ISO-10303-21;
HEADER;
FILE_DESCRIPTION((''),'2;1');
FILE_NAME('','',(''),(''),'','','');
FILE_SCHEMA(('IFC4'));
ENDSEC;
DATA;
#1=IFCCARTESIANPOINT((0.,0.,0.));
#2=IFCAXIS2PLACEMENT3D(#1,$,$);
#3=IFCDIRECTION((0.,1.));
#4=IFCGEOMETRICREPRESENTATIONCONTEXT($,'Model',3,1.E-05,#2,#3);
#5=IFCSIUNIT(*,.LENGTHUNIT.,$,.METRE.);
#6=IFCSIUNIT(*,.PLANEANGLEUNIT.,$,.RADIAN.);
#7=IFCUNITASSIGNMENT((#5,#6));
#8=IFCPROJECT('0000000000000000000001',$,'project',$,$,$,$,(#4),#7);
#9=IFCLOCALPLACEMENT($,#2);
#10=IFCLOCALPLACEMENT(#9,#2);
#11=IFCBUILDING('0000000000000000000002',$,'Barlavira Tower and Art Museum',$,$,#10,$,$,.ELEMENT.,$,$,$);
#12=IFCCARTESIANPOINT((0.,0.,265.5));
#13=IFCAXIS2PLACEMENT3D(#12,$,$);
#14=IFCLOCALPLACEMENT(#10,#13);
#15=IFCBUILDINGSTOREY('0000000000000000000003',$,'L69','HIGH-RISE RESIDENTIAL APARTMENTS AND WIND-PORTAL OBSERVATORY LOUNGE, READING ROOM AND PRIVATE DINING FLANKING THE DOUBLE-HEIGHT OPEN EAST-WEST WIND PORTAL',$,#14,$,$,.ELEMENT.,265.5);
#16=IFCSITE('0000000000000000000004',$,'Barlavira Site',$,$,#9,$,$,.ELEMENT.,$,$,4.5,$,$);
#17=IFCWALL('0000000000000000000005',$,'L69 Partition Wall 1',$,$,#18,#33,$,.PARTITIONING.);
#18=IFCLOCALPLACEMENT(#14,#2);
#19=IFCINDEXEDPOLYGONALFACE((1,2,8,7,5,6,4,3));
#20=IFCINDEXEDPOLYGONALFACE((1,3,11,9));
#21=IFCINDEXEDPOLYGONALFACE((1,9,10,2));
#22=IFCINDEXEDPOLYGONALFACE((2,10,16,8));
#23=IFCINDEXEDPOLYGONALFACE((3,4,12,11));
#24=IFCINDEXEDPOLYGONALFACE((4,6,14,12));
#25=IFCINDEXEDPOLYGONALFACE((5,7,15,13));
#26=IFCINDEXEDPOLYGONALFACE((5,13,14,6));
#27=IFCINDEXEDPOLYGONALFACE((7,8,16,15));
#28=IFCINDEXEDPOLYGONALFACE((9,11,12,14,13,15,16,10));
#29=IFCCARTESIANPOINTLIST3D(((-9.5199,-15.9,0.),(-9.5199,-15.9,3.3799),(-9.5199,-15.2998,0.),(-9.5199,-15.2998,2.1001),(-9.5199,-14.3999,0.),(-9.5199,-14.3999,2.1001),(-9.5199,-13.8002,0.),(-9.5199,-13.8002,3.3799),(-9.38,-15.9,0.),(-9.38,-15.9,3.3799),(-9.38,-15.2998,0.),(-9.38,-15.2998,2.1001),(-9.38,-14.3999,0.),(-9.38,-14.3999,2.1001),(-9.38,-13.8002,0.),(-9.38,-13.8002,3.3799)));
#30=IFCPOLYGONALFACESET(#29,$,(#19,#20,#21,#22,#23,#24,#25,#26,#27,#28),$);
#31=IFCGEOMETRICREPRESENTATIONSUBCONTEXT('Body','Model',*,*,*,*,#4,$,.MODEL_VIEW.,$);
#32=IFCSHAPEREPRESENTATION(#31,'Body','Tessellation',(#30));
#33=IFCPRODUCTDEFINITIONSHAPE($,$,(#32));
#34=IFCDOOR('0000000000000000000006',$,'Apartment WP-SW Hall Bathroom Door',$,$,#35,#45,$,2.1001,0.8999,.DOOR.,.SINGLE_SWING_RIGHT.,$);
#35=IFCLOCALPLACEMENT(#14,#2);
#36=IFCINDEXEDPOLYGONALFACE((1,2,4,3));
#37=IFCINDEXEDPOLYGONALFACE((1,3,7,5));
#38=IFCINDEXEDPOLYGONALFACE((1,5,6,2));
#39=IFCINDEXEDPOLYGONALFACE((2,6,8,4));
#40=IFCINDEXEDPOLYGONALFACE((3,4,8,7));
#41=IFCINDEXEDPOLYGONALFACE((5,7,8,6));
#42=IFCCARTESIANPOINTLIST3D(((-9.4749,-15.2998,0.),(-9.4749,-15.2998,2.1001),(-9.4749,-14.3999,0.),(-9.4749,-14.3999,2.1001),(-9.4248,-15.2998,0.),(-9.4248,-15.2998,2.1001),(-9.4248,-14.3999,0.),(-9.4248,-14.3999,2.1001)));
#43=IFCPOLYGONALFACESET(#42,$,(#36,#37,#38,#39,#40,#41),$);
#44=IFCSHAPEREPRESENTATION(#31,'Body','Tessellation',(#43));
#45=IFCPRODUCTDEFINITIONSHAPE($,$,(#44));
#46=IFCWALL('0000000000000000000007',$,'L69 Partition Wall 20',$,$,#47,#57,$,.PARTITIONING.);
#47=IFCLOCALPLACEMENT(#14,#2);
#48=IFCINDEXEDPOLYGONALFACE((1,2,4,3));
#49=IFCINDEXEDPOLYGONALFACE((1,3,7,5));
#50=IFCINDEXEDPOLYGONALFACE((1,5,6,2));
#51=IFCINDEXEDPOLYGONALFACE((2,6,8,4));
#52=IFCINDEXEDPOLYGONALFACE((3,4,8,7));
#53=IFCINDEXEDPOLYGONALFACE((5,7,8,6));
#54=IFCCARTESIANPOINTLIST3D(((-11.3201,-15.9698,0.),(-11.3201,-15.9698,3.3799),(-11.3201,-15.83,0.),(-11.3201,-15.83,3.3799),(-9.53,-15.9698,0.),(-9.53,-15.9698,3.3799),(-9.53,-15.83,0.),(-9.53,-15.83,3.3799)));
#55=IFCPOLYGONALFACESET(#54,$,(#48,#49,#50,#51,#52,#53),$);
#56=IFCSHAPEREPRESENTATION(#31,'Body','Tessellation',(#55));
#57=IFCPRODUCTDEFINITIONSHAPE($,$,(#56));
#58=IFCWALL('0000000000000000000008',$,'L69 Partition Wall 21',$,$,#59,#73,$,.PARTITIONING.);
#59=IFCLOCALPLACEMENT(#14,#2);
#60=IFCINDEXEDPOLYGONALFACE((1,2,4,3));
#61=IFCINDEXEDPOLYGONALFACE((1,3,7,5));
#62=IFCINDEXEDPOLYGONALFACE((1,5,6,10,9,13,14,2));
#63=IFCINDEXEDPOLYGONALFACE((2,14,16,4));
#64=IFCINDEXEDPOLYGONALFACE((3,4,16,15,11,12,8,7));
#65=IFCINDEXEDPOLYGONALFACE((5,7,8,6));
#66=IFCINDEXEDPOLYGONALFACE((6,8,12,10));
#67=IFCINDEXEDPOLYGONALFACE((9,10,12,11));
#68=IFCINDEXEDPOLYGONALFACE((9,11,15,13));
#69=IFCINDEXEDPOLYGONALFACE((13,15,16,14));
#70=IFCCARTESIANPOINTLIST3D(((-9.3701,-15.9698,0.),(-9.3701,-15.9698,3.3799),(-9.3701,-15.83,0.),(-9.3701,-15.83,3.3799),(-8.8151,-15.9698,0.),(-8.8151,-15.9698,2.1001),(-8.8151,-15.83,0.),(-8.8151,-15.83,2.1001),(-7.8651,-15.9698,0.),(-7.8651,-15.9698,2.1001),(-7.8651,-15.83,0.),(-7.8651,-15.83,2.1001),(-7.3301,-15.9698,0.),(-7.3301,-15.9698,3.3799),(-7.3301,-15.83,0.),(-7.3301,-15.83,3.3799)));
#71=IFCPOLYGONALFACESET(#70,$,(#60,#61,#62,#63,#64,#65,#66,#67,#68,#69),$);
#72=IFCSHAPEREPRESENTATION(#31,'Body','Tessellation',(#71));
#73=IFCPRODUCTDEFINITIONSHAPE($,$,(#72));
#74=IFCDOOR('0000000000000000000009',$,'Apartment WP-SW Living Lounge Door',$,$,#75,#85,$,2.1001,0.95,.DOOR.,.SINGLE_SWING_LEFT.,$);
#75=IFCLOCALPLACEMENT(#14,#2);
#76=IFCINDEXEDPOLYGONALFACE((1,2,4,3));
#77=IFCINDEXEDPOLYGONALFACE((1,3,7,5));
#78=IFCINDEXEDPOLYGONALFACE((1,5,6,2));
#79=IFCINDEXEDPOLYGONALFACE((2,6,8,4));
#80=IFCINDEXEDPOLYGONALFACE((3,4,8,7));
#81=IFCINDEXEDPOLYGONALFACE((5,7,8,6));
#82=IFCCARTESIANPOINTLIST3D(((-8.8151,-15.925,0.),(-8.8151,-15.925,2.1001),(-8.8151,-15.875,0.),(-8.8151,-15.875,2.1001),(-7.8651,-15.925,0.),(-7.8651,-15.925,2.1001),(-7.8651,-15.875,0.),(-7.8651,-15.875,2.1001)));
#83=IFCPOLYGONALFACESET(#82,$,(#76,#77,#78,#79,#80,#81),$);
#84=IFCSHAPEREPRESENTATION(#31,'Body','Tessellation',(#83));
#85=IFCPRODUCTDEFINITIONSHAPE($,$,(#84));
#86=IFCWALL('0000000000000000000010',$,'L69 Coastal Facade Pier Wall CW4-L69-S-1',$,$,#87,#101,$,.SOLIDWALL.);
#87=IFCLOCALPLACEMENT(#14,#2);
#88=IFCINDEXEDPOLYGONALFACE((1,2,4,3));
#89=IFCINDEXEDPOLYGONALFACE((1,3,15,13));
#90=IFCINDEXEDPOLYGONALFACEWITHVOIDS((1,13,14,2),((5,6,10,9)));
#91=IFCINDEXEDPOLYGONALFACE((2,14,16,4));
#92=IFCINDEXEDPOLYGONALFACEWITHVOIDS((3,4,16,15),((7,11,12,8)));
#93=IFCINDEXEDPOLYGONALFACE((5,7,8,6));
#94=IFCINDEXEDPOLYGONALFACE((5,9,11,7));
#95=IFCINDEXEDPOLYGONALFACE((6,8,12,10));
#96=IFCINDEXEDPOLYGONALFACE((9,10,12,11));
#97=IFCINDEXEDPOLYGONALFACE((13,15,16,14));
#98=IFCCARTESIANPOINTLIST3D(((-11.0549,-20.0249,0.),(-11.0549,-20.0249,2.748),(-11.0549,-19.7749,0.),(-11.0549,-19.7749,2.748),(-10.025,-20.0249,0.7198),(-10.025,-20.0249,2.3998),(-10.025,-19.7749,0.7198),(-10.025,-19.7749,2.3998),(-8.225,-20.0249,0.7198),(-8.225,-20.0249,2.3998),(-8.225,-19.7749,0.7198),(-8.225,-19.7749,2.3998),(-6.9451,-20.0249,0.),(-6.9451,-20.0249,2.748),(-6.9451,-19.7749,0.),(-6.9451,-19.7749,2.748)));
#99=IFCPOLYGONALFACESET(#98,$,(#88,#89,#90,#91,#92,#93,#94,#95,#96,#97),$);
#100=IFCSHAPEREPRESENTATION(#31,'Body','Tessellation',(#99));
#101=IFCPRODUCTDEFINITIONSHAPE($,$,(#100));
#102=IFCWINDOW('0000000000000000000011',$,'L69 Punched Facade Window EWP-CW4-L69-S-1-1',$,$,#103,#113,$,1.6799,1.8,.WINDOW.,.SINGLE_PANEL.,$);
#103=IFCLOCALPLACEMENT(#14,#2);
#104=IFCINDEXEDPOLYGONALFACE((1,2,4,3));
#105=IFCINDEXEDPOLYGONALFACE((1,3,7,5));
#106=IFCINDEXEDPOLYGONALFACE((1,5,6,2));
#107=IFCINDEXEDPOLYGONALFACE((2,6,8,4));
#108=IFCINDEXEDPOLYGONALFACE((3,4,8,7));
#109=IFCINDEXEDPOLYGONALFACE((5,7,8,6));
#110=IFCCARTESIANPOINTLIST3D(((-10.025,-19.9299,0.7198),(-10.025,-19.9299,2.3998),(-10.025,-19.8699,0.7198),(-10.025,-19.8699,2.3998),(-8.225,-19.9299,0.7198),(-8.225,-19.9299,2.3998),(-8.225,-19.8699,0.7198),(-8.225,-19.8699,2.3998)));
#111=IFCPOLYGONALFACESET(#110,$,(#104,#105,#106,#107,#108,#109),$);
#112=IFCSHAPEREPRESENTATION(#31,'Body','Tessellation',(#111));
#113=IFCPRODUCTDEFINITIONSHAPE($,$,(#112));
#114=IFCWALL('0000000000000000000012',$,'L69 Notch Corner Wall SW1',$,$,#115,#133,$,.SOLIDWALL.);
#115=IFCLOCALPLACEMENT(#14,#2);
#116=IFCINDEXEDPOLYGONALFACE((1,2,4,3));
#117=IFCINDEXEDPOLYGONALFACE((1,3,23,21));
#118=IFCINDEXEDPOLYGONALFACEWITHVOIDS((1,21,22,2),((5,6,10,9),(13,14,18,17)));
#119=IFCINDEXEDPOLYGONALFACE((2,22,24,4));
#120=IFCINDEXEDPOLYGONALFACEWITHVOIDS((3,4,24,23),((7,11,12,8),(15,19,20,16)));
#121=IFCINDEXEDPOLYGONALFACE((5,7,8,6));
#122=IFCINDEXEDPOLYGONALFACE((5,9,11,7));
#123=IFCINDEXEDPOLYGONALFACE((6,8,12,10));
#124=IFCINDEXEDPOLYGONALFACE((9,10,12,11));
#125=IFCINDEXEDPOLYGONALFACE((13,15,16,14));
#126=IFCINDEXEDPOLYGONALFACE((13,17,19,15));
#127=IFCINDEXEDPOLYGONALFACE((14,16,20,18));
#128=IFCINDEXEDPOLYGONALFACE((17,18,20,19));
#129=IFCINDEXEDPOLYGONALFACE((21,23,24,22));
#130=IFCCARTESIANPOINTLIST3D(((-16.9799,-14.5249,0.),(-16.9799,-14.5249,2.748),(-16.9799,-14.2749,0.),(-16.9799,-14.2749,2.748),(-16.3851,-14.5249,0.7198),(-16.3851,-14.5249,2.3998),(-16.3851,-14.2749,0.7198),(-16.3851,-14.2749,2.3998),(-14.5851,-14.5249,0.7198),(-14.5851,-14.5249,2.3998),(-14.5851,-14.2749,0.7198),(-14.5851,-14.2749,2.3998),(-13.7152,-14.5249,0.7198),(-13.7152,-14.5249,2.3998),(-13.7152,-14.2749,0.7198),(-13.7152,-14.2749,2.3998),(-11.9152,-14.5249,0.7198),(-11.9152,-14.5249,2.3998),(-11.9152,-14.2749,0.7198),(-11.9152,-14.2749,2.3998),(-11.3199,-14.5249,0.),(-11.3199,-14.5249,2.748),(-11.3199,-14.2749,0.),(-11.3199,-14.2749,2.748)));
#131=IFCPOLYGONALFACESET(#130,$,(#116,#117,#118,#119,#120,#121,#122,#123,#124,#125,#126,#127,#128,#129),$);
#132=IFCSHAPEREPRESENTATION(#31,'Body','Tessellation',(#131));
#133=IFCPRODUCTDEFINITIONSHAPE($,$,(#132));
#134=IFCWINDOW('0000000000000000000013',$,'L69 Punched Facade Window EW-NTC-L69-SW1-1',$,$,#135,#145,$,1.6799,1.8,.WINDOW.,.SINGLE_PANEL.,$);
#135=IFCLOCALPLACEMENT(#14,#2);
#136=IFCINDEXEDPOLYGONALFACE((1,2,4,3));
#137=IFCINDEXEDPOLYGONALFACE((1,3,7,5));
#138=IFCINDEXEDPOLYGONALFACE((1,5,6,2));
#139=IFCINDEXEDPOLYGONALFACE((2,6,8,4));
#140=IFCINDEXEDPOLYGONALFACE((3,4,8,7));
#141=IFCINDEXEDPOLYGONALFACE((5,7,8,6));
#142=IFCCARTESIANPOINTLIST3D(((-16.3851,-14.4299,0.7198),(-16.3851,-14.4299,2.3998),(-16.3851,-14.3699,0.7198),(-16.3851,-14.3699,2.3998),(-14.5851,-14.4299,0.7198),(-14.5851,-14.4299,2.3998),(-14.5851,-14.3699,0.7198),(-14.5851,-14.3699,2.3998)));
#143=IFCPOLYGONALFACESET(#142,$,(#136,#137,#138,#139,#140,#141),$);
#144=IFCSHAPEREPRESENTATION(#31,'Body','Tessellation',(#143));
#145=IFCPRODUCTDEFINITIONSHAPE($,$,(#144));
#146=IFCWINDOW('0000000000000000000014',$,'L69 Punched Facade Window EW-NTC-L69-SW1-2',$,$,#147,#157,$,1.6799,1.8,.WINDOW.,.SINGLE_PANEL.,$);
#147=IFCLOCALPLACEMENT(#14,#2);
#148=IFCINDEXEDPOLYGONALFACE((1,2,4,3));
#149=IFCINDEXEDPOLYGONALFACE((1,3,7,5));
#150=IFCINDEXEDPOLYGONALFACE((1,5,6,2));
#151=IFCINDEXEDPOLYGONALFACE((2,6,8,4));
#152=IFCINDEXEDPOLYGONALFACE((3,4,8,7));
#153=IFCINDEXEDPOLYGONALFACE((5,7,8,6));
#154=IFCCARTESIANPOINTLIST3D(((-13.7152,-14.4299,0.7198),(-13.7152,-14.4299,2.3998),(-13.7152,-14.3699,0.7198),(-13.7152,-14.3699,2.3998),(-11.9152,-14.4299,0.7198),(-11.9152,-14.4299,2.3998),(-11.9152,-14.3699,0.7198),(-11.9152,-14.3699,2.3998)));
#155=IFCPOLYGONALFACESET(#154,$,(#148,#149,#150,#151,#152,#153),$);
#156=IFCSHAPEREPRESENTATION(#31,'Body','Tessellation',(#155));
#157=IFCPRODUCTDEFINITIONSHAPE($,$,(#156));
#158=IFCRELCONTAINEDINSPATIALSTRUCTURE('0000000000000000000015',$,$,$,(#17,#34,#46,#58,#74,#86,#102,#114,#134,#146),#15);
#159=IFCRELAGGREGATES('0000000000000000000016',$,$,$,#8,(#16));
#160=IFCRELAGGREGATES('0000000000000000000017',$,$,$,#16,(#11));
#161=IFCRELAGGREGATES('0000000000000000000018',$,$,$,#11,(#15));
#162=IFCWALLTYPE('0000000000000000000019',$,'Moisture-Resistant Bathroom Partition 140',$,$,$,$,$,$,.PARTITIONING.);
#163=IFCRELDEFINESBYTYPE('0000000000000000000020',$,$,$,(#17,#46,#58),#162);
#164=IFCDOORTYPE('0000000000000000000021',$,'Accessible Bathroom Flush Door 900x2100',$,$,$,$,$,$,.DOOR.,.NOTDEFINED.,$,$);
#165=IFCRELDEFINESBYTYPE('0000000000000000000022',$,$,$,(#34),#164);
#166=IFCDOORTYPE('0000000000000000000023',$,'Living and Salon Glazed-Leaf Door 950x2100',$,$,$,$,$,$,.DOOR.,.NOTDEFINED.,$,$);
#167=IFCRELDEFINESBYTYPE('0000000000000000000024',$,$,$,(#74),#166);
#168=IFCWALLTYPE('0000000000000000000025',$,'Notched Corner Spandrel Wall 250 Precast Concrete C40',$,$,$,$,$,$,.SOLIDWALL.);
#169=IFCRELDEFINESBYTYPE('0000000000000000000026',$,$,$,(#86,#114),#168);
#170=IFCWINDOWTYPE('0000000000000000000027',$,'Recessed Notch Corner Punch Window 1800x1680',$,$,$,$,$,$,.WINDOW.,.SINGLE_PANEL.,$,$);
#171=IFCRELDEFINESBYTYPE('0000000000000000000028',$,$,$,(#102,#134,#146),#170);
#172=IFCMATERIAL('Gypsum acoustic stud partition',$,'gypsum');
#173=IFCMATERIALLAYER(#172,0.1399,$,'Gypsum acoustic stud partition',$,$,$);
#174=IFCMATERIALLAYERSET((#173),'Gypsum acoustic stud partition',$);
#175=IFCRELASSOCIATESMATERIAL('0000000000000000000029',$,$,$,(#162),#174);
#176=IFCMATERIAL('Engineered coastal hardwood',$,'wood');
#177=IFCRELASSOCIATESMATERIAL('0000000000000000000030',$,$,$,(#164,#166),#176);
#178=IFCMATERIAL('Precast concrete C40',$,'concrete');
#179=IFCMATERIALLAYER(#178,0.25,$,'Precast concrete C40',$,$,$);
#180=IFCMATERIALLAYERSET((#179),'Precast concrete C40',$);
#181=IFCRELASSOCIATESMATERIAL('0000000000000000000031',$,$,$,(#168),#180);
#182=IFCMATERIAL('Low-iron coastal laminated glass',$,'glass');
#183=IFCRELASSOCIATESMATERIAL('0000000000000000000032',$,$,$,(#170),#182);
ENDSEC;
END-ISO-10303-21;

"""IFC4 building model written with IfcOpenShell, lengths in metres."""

from ifc_helpers import new_model, si_unit, direction, frame, frame_2d, origin, place, context, subcontext, project, spatial, rectangle, extrude, material, layer, layer_set, type_object, element, fill, save


model = new_model("IFC4")

# Units and contexts
model_context = context("Model", 3, precision=1e-05, world=origin(), true_north=direction((0.0, 1.0)))
body_context = subcontext(model_context, "Body", "Model", "MODEL_VIEW")
ifc_project = project(units=[si_unit("LENGTHUNIT", "METRE"), si_unit("PLANEANGLEUNIT", "RADIAN")], contexts=[model_context])

# Site, building, storey
site_placement = place(None, origin())
site = spatial("IfcSite", under=ifc_project, at=site_placement, Name="Barlavira Site", CompositionType="ELEMENT", RefElevation=4.5)
building_placement = place(site_placement, origin())
building = spatial("IfcBuilding", under=site, at=building_placement, Name="Barlavira Tower and Art Museum", CompositionType="ELEMENT")
storey_placement = place(building_placement, frame((0.0, 0.0, 265.5)))
storey = spatial("IfcBuildingStorey", under=building, at=storey_placement, Name="L69", Description="HIGH-RISE RESIDENTIAL APARTMENTS AND WIND-PORTAL OBSERVATORY LOUNGE, READING ROOM AND PRIVATE DINING FLANKING THE DOUBLE-HEIGHT OPEN EAST-WEST WIND PORTAL", CompositionType="ELEMENT", Elevation=265.5)

# Shared definitions
ifc_material_1 = material(Name="Gypsum acoustic stud partition", Category="gypsum")
ifc_material_2 = material(Name="Engineered coastal hardwood", Category="wood")

# Wall, opening, door
ifc_layer_1 = layer(ifc_material_1, 0.1399, Name="Gypsum acoustic stud partition")
ifc_layer_set_1 = layer_set([ifc_layer_1], Name="Gypsum acoustic stud partition")
wall_type_1 = type_object("IfcWallType", Name="Moisture-Resistant Bathroom Partition 140", PredefinedType="PARTITIONING", material=ifc_layer_set_1)
wall_1_placement = place(storey_placement, frame((-9.45, -15.8999, 0.0), z_axis=(0.0, 0.0, 1.0), x_axis=(0.0, 1.0, 0.0)))
wall_1 = element("IfcWall", 1, at=wall_1_placement, inside=storey, type_object=wall_type_1, Name="L69 Partition Wall 1", PredefinedType="PARTITIONING", context=body_context, shape_type="SweptSolid", body=[
    extrude(rectangle(XDim=2.0999, YDim=0.1399, at=frame_2d((1.0498, 0.0))), origin(), (0.0, 0.0, 1.0), 3.3799),
])
opening_1_placement = place(wall_1_placement, frame((0.6001, 0.0, 0.0)))
opening_1 = element("IfcOpeningElement", 2, at=opening_1_placement, cuts=wall_1, PredefinedType="OPENING", context=body_context, shape_type="SweptSolid", body=[
    extrude(rectangle(XDim=0.8999, YDim=2.1001, at=frame_2d((0.45, 1.05))), frame((0.0, 0.0801, 0.0), z_axis=(0.0, -1.0, 0.0), x_axis=(1.0, 0.0, 0.0)), (0.0, 0.0, 1.0), 0.1599),
])
door_type_1 = type_object("IfcDoorType", Name="Accessible Bathroom Flush Door 900x2100", OperationType="NOTDEFINED", PredefinedType="DOOR", material=ifc_material_2)
door_1_placement = place(opening_1_placement, origin())
door_1 = element("IfcDoor", 3, at=door_1_placement, inside=storey, type_object=door_type_1, Name="Apartment WP-SW Hall Bathroom Door", OperationType="SINGLE_SWING_RIGHT", OverallHeight=2.1001, OverallWidth=0.8999, PredefinedType="DOOR", context=body_context, shape_type="SweptSolid", body=[
    extrude(rectangle(XDim=0.8999, YDim=2.1001, at=frame_2d((0.45, 1.05))), frame((0.0, 0.0249, 0.0), z_axis=(0.0, -1.0, 0.0), x_axis=(1.0, 0.0, 0.0)), (0.0, 0.0, 1.0), 0.05),
])
fill(opening_1, door_1)

# Wall
wall_2_placement = place(storey_placement, frame((-11.3201, -15.8999, 0.0), z_axis=(0.0, 0.0, 1.0), x_axis=(1.0, 0.0, 0.0)))
element("IfcWall", 4, at=wall_2_placement, inside=storey, type_object=wall_type_1, Name="L69 Partition Wall 20", PredefinedType="PARTITIONING", context=body_context, shape_type="SweptSolid", body=[
    extrude(rectangle(XDim=1.79, YDim=0.1399, at=frame_2d((0.895, 0.0))), origin(), (0.0, 0.0, 1.0), 3.3799),
])

# Wall, opening, door
wall_3_placement = place(storey_placement, frame((-9.3701, -15.8999, 0.0), z_axis=(0.0, 0.0, 1.0), x_axis=(1.0, 0.0, 0.0)))
wall_3 = element("IfcWall", 5, at=wall_3_placement, inside=storey, type_object=wall_type_1, Name="L69 Partition Wall 21", PredefinedType="PARTITIONING", context=body_context, shape_type="SweptSolid", body=[
    extrude(rectangle(XDim=2.04, YDim=0.1399, at=frame_2d((1.02, 0.0))), origin(), (0.0, 0.0, 1.0), 3.3799),
])
opening_2_placement = place(wall_3_placement, frame((0.5549, 0.0, 0.0)))
opening_2 = element("IfcOpeningElement", 6, at=opening_2_placement, cuts=wall_3, PredefinedType="OPENING", context=body_context, shape_type="SweptSolid", body=[
    extrude(rectangle(XDim=0.95, YDim=2.1001, at=frame_2d((0.4751, 1.05))), frame((0.0, 0.0801, 0.0), z_axis=(0.0, -1.0, 0.0), x_axis=(1.0, 0.0, 0.0)), (0.0, 0.0, 1.0), 0.1599),
])
door_type_2 = type_object("IfcDoorType", Name="Living and Salon Glazed-Leaf Door 950x2100", OperationType="NOTDEFINED", PredefinedType="DOOR", material=ifc_material_2)
door_2_placement = place(opening_2_placement, origin())
door_2 = element("IfcDoor", 7, at=door_2_placement, inside=storey, type_object=door_type_2, Name="Apartment WP-SW Living Lounge Door", OperationType="SINGLE_SWING_LEFT", OverallHeight=2.1001, OverallWidth=0.95, PredefinedType="DOOR", context=body_context, shape_type="SweptSolid", body=[
    extrude(rectangle(XDim=0.95, YDim=2.1001, at=frame_2d((0.4751, 1.05))), frame((0.0, 0.0249, 0.0), z_axis=(0.0, -1.0, 0.0), x_axis=(1.0, 0.0, 0.0)), (0.0, 0.0, 1.0), 0.05),
])
fill(opening_2, door_2)

# Wall, opening, window
ifc_material_3 = material(Name="Precast concrete C40", Category="concrete")
ifc_layer_2 = layer(ifc_material_3, 0.25, Name="Precast concrete C40")
ifc_layer_set_2 = layer_set([ifc_layer_2], Name="Precast concrete C40")
wall_type_2 = type_object("IfcWallType", Name="Notched Corner Spandrel Wall 250 Precast Concrete C40", PredefinedType="SOLIDWALL", material=ifc_layer_set_2)
wall_4_placement = place(storey_placement, frame((-11.0549, -19.8999, 0.0), z_axis=(0.0, 0.0, 1.0), x_axis=(1.0, 0.0, 0.0)))
wall_4 = element("IfcWall", 8, at=wall_4_placement, inside=storey, type_object=wall_type_2, Name="L69 Coastal Facade Pier Wall CW4-L69-S-1", PredefinedType="SOLIDWALL", context=body_context, shape_type="SweptSolid", body=[
    extrude(rectangle(XDim=4.1099, YDim=0.25, at=frame_2d((2.0549, 0.0))), origin(), (0.0, 0.0, 1.0), 2.748),
])
opening_3_placement = place(wall_4_placement, frame((1.03, 0.0, 0.72)))
opening_3 = element("IfcOpeningElement", 9, at=opening_3_placement, cuts=wall_4, PredefinedType="OPENING", context=body_context, shape_type="SweptSolid", body=[
    extrude(rectangle(XDim=1.8, YDim=1.6799, at=frame_2d((0.8999, 0.8398))), frame((0.0, 0.135, 0.0), z_axis=(0.0, -1.0, 0.0), x_axis=(1.0, 0.0, 0.0)), (0.0, 0.0, 1.0), 0.27),
])
ifc_material_4 = material(Name="Low-iron coastal laminated glass", Category="glass")
window_type_1 = type_object("IfcWindowType", Name="Recessed Notch Corner Punch Window 1800x1680", PartitioningType="SINGLE_PANEL", PredefinedType="WINDOW", material=ifc_material_4)
window_1_placement = place(opening_3_placement, origin())
window_1 = element("IfcWindow", 10, at=window_1_placement, inside=storey, type_object=window_type_1, Name="L69 Punched Facade Window EWP-CW4-L69-S-1-1", OverallHeight=1.6799, OverallWidth=1.8, PartitioningType="SINGLE_PANEL", PredefinedType="WINDOW", context=body_context, shape_type="SweptSolid", body=[
    extrude(rectangle(XDim=1.8, YDim=1.6799, at=frame_2d((0.8999, 0.8398))), frame((0.0, 0.03, 0.0), z_axis=(0.0, -1.0, 0.0), x_axis=(1.0, 0.0, 0.0)), (0.0, 0.0, 1.0), 0.0601),
])
fill(opening_3, window_1)

# Wall, openings, windows
wall_5_placement = place(storey_placement, frame((-16.98, -14.3999, 0.0), z_axis=(0.0, 0.0, 1.0), x_axis=(1.0, 0.0, 0.0)))
wall_5 = element("IfcWall", 11, at=wall_5_placement, inside=storey, type_object=wall_type_2, Name="L69 Notch Corner Wall SW1", PredefinedType="SOLIDWALL", context=body_context, shape_type="SweptSolid", body=[
    extrude(rectangle(XDim=5.6599, YDim=0.25, at=frame_2d((2.8301, 0.0))), origin(), (0.0, 0.0, 1.0), 2.748),
])
opening_4_placement = place(wall_5_placement, frame((0.595, 0.0, 0.72)))
opening_4 = element("IfcOpeningElement", 12, at=opening_4_placement, cuts=wall_5, PredefinedType="OPENING", context=body_context, shape_type="SweptSolid", body=[
    extrude(rectangle(XDim=1.8, YDim=1.6799, at=frame_2d((0.8999, 0.8398))), frame((0.0, 0.135, 0.0), z_axis=(0.0, -1.0, 0.0), x_axis=(1.0, 0.0, 0.0)), (0.0, 0.0, 1.0), 0.27),
])
opening_5_placement = place(wall_5_placement, frame((3.2649, 0.0, 0.72)))
opening_5 = element("IfcOpeningElement", 13, at=opening_5_placement, cuts=wall_5, PredefinedType="OPENING", context=body_context, shape_type="SweptSolid", body=[
    extrude(rectangle(XDim=1.8, YDim=1.6799, at=frame_2d((0.8999, 0.8398))), frame((0.0, 0.135, 0.0), z_axis=(0.0, -1.0, 0.0), x_axis=(1.0, 0.0, 0.0)), (0.0, 0.0, 1.0), 0.27),
])
window_2_placement = place(opening_4_placement, origin())
window_2 = element("IfcWindow", 14, at=window_2_placement, inside=storey, type_object=window_type_1, Name="L69 Punched Facade Window EW-NTC-L69-SW1-1", OverallHeight=1.6799, OverallWidth=1.8, PartitioningType="SINGLE_PANEL", PredefinedType="WINDOW", context=body_context, shape_type="SweptSolid", body=[
    extrude(rectangle(XDim=1.8, YDim=1.6799, at=frame_2d((0.8999, 0.8398))), frame((0.0, 0.03, 0.0), z_axis=(0.0, -1.0, 0.0), x_axis=(1.0, 0.0, 0.0)), (0.0, 0.0, 1.0), 0.0601),
])
fill(opening_4, window_2)
window_3_placement = place(opening_5_placement, origin())
window_3 = element("IfcWindow", 15, at=window_3_placement, inside=storey, type_object=window_type_1, Name="L69 Punched Facade Window EW-NTC-L69-SW1-2", OverallHeight=1.6799, OverallWidth=1.8, PartitioningType="SINGLE_PANEL", PredefinedType="WINDOW", context=body_context, shape_type="SweptSolid", body=[
    extrude(rectangle(XDim=1.8, YDim=1.6799, at=frame_2d((0.8999, 0.8398))), frame((0.0, 0.03, 0.0), z_axis=(0.0, -1.0, 0.0), x_axis=(1.0, 0.0, 0.0)), (0.0, 0.0, 1.0), 0.0601),
])
fill(opening_5, window_3)

save(model, "model.ifc")
